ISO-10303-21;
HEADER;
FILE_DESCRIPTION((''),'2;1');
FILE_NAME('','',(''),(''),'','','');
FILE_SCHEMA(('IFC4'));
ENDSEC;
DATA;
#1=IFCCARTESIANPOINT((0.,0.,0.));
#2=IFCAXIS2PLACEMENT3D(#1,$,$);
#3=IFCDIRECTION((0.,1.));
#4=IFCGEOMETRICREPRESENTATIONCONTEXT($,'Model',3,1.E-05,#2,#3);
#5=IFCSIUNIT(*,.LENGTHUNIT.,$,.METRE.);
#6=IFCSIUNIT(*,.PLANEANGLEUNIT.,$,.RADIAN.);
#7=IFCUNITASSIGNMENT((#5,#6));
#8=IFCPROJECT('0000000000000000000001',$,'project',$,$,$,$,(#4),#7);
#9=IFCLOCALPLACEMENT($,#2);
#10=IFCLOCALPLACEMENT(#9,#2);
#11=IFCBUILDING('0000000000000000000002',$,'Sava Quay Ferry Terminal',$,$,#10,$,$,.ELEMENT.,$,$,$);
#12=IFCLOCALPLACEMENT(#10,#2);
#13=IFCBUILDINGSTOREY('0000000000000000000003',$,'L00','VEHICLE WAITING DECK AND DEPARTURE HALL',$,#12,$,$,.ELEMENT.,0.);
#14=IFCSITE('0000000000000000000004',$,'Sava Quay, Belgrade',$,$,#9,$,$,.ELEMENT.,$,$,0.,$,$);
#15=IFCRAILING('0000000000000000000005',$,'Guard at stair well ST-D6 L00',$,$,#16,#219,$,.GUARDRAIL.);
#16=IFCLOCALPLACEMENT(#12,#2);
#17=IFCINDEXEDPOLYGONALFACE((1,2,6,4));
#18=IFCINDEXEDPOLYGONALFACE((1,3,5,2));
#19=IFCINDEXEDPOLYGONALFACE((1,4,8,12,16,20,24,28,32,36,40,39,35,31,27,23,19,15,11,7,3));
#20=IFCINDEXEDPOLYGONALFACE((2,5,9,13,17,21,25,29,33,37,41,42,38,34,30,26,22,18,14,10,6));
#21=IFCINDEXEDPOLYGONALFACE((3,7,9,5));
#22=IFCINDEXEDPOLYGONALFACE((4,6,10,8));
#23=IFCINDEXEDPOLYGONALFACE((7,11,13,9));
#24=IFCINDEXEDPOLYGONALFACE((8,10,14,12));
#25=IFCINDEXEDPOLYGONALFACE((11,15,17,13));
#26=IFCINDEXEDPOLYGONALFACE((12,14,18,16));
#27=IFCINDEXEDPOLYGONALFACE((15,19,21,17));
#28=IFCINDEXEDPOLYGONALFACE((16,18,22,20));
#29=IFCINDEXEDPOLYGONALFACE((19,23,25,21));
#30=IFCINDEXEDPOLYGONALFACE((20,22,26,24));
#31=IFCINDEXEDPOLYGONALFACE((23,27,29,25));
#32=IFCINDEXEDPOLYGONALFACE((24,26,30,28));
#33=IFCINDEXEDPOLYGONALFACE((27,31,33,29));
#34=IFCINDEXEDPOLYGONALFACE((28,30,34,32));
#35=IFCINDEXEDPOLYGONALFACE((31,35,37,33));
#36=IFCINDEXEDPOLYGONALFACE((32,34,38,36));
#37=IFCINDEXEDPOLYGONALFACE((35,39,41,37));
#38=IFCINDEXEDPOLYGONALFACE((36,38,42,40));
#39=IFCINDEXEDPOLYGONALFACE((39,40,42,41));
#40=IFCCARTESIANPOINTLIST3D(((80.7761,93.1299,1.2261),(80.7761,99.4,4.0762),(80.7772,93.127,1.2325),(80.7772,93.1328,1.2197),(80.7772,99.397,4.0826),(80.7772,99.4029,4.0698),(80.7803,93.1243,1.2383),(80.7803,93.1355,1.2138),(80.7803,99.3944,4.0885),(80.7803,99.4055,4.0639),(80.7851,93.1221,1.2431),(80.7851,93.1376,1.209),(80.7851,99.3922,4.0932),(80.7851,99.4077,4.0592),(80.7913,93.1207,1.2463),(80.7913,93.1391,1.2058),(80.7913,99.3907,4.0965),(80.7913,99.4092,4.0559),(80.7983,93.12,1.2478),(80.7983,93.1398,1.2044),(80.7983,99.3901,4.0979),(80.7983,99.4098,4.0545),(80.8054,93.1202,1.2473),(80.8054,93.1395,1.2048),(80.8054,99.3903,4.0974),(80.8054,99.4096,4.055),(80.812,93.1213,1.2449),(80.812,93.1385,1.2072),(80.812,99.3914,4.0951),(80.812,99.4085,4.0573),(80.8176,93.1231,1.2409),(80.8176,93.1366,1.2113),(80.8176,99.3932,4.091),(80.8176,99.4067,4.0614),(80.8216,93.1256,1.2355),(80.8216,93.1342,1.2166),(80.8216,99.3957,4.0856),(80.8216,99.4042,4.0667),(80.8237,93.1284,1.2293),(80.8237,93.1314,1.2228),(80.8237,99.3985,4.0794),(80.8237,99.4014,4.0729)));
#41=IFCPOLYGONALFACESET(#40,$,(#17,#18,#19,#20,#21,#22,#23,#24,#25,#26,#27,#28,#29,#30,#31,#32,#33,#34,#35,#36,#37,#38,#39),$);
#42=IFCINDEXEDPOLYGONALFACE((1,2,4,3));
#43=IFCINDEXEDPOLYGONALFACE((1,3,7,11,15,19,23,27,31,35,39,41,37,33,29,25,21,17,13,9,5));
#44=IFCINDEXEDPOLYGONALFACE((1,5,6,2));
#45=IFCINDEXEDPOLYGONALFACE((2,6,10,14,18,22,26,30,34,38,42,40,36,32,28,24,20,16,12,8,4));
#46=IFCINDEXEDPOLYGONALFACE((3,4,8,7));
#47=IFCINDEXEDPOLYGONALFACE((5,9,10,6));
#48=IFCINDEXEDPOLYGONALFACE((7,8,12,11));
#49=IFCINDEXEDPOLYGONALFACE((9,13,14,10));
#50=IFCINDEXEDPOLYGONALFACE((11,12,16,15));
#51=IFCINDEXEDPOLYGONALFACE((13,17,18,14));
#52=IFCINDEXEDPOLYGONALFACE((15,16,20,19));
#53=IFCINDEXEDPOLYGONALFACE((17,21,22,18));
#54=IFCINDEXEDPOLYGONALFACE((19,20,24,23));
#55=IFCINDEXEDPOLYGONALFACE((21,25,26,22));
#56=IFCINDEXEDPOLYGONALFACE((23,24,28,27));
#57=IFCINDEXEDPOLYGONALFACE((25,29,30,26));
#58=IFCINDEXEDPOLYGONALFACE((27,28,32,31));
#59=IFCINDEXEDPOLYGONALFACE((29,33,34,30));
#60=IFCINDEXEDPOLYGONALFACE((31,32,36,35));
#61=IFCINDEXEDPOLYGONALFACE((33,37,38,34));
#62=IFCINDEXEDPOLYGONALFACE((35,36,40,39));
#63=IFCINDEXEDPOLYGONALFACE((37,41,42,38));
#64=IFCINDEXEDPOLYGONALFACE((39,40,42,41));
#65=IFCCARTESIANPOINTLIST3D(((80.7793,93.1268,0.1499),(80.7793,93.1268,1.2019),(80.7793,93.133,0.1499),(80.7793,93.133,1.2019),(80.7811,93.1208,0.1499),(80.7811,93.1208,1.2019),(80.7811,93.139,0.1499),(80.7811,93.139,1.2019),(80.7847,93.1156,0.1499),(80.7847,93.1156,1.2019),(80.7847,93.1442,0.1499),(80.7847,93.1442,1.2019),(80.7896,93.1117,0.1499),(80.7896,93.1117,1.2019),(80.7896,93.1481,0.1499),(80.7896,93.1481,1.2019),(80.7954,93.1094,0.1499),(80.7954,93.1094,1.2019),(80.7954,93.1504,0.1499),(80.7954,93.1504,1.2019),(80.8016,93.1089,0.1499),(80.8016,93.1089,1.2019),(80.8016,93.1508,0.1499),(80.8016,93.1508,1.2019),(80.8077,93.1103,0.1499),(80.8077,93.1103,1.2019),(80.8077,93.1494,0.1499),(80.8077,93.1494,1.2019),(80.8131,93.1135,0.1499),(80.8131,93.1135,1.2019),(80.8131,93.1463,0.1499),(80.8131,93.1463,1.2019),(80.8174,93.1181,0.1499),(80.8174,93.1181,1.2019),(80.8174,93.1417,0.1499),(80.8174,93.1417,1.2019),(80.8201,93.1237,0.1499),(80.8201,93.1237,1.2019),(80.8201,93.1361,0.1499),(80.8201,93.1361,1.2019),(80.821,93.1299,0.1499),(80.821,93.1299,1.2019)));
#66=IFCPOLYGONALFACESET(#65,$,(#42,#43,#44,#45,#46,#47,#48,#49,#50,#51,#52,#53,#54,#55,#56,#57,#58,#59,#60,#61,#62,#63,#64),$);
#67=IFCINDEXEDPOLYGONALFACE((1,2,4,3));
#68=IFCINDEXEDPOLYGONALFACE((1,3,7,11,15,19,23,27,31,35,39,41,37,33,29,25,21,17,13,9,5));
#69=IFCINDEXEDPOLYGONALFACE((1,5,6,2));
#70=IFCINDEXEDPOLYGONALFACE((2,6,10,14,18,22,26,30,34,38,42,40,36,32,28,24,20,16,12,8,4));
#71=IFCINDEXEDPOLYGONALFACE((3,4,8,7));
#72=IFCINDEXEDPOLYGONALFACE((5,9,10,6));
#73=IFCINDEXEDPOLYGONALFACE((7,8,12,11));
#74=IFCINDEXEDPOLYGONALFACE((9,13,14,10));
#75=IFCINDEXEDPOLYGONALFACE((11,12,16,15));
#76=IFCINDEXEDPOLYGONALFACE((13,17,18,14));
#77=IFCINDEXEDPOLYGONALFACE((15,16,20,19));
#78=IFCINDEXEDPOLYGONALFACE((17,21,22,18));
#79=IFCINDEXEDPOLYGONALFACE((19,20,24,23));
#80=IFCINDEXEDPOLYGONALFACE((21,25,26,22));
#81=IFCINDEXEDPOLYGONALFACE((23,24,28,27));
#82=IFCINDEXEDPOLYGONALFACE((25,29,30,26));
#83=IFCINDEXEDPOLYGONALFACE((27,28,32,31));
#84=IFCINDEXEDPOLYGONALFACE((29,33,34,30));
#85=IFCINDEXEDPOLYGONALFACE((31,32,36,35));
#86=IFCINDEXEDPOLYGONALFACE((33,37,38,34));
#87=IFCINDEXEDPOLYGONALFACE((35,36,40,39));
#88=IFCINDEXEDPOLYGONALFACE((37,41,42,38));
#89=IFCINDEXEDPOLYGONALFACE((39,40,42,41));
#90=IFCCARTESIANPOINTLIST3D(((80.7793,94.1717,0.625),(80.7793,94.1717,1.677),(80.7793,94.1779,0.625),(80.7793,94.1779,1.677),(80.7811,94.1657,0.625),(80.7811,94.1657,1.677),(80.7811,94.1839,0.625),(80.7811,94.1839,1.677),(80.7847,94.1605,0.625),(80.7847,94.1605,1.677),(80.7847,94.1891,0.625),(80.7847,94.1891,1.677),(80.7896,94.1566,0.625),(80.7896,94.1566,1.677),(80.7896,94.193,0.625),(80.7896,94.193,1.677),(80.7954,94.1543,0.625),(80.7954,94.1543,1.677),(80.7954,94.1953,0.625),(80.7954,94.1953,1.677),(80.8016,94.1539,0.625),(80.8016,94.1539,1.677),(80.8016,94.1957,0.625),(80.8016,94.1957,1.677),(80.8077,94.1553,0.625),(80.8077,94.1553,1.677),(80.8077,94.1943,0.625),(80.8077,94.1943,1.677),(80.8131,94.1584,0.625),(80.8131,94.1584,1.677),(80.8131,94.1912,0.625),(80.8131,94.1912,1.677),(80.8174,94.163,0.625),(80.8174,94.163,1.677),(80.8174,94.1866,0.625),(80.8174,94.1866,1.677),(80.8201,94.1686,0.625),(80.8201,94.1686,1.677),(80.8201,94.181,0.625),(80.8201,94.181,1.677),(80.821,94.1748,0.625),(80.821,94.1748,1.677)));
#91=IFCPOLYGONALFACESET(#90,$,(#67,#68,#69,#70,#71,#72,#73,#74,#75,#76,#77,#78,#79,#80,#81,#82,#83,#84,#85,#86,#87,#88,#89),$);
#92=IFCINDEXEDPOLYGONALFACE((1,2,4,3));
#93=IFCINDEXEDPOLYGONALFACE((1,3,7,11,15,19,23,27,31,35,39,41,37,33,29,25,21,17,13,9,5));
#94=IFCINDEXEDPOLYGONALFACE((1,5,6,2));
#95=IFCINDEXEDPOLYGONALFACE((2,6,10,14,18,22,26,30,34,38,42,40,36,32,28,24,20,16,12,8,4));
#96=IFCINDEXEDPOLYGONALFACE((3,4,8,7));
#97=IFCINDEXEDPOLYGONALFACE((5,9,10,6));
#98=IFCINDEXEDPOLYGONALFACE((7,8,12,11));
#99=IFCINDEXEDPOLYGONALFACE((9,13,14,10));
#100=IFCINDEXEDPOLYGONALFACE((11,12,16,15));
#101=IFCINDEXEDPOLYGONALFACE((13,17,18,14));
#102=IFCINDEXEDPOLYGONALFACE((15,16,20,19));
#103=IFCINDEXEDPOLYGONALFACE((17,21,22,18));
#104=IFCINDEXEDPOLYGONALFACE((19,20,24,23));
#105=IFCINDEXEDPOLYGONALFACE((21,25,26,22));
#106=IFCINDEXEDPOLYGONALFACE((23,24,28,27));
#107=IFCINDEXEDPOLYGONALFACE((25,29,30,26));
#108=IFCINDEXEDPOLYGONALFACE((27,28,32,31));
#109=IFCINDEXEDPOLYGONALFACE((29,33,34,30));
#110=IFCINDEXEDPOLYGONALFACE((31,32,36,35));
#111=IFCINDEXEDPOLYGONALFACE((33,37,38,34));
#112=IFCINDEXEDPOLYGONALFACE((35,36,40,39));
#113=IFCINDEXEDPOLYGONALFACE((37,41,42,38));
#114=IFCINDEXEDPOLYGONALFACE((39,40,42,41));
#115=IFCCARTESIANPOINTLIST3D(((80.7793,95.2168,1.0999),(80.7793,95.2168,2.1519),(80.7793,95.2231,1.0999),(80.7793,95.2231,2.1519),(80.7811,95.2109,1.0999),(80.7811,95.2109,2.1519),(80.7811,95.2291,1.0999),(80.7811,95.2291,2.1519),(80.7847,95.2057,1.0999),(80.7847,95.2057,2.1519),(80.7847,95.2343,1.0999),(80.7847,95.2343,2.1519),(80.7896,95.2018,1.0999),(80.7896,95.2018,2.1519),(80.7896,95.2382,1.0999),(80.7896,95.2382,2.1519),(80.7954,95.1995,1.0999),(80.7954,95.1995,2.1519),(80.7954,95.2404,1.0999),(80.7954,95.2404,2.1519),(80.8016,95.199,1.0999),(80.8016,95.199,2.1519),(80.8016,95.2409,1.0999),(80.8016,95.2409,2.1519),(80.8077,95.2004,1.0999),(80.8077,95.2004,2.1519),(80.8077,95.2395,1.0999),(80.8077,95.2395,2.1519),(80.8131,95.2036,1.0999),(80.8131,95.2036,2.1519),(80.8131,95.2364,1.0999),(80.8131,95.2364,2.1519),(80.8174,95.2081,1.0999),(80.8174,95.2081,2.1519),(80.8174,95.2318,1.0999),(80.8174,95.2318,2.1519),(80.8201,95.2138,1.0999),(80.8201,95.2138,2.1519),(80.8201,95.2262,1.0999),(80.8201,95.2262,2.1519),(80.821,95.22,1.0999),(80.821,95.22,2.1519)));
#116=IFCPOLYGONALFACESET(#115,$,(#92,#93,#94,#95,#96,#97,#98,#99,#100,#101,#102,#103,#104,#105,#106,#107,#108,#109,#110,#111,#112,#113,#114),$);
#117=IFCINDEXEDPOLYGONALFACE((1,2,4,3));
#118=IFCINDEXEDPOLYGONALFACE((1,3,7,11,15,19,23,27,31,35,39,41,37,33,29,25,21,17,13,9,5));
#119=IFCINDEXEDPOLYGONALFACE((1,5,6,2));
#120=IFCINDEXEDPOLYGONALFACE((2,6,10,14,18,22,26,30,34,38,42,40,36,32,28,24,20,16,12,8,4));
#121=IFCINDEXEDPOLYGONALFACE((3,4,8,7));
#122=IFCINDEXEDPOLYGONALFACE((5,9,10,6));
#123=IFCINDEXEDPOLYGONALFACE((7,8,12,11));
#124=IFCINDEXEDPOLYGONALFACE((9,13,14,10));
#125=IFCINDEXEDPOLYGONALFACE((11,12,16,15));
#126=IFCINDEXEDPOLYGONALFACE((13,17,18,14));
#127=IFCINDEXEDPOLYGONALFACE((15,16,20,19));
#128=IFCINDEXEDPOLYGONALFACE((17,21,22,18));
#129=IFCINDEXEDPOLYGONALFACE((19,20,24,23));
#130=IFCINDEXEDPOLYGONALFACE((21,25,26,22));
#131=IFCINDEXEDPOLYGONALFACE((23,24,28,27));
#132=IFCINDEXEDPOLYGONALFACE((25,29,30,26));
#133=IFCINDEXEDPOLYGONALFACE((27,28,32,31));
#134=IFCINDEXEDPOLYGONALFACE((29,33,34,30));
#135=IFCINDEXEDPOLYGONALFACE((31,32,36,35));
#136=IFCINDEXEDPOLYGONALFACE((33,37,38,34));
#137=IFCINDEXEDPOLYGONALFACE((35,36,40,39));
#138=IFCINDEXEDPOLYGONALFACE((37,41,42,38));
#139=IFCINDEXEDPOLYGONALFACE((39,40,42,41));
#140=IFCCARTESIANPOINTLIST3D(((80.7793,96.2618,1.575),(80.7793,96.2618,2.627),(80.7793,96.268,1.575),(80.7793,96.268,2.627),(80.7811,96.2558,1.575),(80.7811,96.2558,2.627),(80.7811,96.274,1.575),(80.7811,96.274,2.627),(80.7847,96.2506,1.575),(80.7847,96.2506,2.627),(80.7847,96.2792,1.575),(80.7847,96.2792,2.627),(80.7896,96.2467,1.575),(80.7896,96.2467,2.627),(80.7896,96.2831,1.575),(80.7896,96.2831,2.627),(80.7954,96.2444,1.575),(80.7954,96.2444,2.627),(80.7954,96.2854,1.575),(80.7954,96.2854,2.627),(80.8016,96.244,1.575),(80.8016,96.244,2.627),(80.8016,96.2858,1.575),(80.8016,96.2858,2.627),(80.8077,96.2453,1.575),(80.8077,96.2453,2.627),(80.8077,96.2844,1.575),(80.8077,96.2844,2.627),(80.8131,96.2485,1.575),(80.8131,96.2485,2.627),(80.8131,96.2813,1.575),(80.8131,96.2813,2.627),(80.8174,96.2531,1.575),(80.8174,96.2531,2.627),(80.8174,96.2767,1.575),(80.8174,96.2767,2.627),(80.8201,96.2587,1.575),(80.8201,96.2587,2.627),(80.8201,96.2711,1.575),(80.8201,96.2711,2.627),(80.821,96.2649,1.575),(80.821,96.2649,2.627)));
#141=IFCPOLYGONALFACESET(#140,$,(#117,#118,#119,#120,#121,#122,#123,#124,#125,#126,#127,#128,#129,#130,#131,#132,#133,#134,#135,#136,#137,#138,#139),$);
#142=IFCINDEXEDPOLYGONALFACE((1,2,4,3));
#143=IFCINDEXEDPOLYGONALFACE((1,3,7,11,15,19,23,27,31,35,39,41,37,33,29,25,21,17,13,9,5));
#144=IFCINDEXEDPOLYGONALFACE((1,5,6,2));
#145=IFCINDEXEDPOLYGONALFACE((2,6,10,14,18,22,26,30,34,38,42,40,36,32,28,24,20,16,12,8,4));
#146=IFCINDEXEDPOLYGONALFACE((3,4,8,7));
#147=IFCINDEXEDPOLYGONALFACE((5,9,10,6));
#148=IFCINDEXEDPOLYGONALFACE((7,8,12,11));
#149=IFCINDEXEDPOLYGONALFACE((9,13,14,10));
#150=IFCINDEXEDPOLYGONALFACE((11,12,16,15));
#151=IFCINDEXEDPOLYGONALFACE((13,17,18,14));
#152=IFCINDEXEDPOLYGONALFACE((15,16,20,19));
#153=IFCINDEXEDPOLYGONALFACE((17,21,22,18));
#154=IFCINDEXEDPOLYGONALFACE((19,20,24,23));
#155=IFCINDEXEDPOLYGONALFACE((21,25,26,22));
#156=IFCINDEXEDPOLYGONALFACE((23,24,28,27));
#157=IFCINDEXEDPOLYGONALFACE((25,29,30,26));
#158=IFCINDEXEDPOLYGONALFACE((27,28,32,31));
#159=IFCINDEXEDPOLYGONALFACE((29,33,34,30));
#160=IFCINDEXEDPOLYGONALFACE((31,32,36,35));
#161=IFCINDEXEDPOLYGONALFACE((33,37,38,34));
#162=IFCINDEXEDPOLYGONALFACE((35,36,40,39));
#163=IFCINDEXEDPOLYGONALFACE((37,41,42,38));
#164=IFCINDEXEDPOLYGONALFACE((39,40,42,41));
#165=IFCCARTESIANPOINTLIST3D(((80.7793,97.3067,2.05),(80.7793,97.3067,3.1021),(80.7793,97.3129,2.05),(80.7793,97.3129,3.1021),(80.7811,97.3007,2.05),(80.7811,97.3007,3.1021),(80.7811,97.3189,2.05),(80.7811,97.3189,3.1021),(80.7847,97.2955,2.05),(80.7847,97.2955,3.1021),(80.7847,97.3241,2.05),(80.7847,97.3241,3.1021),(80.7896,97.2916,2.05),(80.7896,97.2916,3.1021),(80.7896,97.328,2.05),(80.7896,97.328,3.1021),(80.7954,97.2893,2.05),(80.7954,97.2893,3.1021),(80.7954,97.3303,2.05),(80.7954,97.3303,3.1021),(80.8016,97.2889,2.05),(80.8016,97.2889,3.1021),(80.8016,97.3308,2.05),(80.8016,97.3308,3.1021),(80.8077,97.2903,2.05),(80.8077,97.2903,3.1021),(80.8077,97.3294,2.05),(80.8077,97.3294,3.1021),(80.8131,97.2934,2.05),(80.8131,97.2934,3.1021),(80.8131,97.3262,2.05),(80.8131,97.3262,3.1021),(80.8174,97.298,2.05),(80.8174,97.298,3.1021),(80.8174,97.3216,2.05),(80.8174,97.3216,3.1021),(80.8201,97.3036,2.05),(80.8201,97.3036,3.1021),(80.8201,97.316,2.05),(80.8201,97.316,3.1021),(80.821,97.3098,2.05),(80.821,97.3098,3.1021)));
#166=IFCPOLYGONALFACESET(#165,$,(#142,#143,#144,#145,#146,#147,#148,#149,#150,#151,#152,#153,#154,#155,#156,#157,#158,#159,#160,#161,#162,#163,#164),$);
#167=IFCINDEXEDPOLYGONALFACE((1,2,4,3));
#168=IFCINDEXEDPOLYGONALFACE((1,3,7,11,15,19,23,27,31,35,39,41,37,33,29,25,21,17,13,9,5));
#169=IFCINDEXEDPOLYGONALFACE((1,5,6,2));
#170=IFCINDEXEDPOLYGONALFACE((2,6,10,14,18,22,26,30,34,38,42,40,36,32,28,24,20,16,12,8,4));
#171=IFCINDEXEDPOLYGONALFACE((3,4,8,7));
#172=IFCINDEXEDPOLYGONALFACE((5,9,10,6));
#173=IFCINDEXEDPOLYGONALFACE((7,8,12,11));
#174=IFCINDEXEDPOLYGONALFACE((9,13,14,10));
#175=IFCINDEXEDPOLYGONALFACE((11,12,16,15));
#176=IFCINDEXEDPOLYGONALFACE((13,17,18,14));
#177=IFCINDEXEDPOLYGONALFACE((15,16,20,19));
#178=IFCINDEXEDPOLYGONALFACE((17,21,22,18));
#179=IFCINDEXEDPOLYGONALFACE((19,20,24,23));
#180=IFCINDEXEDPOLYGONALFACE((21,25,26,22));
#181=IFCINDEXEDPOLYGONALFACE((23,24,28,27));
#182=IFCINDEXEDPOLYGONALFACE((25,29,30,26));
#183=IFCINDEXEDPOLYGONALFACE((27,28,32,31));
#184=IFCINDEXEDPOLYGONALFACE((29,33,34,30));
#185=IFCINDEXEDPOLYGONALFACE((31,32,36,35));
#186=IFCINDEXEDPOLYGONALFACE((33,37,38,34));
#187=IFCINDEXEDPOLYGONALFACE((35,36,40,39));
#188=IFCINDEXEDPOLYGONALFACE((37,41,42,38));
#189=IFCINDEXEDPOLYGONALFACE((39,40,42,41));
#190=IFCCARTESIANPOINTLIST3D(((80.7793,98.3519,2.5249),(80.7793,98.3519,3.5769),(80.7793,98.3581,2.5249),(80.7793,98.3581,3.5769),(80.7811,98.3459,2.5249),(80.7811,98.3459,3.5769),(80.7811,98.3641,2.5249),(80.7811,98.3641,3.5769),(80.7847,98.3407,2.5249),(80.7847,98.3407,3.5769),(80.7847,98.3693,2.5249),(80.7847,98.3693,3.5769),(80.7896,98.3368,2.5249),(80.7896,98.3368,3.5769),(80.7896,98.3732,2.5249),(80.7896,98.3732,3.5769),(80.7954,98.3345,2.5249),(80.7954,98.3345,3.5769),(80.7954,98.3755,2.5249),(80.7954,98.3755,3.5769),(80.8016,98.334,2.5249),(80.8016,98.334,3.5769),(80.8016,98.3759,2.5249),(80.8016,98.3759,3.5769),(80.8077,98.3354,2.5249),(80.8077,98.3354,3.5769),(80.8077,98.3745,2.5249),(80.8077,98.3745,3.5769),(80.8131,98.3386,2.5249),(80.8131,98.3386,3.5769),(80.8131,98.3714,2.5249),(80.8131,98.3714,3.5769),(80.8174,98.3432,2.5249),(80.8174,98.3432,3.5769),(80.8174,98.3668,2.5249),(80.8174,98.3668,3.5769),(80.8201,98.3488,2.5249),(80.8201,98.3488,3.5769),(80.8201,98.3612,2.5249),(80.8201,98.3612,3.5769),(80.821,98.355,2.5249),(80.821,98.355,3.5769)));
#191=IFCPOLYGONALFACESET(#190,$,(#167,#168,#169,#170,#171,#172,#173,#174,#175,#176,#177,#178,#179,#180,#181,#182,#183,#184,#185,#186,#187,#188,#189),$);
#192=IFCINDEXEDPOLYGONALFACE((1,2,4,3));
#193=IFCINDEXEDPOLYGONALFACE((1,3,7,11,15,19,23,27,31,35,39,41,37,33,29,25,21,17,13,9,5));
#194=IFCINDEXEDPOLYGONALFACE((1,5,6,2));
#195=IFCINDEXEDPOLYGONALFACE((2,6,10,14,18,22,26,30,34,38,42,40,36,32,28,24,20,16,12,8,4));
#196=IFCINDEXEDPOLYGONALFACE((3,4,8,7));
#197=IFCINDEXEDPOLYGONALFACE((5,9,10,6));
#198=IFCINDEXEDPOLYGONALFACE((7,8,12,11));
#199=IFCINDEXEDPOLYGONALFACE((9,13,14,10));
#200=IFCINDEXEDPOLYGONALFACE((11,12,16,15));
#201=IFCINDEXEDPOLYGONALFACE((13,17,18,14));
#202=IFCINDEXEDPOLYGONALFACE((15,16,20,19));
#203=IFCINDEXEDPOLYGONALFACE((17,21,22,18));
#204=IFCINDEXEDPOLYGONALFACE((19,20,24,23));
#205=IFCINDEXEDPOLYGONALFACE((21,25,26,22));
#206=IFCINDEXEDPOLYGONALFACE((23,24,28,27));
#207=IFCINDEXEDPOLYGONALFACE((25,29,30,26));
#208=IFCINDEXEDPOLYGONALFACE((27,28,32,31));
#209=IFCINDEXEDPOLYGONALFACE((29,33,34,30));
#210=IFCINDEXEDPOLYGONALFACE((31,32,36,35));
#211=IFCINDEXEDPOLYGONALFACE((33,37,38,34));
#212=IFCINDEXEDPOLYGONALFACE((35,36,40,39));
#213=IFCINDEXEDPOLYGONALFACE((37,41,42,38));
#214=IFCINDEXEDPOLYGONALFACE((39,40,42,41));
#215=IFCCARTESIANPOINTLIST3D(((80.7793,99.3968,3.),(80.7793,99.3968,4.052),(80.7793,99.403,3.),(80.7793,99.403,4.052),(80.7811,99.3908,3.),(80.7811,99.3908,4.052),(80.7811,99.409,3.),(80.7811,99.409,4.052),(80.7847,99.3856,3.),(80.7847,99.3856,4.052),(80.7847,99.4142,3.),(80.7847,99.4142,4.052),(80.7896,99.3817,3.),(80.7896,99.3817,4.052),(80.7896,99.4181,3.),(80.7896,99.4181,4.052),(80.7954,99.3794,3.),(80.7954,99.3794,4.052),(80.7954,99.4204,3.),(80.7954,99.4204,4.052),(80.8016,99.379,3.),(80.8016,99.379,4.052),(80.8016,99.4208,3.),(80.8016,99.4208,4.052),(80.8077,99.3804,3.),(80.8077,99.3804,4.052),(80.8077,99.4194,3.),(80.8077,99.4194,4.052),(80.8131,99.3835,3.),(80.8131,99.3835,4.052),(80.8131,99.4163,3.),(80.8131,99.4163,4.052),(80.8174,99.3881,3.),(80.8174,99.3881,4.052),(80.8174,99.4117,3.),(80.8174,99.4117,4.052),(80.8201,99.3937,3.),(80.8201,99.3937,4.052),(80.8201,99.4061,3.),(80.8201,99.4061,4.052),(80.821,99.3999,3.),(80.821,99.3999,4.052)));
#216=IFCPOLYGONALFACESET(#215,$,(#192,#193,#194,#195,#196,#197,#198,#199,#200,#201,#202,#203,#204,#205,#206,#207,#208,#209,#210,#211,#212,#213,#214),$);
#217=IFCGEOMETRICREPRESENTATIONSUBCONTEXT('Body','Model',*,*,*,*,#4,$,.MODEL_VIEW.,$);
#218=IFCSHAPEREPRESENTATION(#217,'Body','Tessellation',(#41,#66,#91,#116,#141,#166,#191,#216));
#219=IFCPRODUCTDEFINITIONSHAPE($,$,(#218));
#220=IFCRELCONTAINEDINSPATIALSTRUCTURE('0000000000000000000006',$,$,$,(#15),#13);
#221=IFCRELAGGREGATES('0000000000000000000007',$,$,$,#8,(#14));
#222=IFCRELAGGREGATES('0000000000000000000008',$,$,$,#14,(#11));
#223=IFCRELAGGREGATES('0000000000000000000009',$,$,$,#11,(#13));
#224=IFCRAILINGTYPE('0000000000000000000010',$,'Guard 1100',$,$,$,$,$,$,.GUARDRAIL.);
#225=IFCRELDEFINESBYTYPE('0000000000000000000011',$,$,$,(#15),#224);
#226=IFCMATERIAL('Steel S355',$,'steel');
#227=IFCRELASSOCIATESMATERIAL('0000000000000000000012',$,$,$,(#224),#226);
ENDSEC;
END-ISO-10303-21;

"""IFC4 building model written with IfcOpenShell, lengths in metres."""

from ifc_helpers import new_model, si_unit, direction, frame, origin, origin_2d, place, context, subcontext, project, spatial, circle, extrude, material, type_object, element, save


model = new_model("IFC4")

# Units and contexts
model_context = context("Model", 3, precision=1e-05, world=origin(), true_north=direction((0.0, 1.0)))
body_context = subcontext(model_context, "Body", "Model", "MODEL_VIEW")
ifc_project = project(units=[si_unit("LENGTHUNIT", "METRE"), si_unit("PLANEANGLEUNIT", "RADIAN")], contexts=[model_context])

# Site, building, storey
site_placement = place(None, origin())
site = spatial("IfcSite", under=ifc_project, at=site_placement, Name="Sava Quay, Belgrade", CompositionType="ELEMENT", RefElevation=0.0)
building_placement = place(site_placement, origin())
building = spatial("IfcBuilding", under=site, at=building_placement, Name="Sava Quay Ferry Terminal", CompositionType="ELEMENT")
storey_placement = place(building_placement, origin())
storey = spatial("IfcBuildingStorey", under=building, at=storey_placement, Name="L00", Description="VEHICLE WAITING DECK AND DEPARTURE HALL", CompositionType="ELEMENT", Elevation=0.0)

# Railing
ifc_material_1 = material(Name="Steel S355", Category="steel")
railing_type_1 = type_object("IfcRailingType", Name="Guard 1100", PredefinedType="GUARDRAIL", material=ifc_material_1)
railing_1_placement = place(storey_placement, frame((80.8, 93.1299, 0.1499)))
element("IfcRailing", 1, at=railing_1_placement, inside=storey, type_object=railing_type_1, Name="Guard at stair well ST-D6 L00", PredefinedType="GUARDRAIL", context=body_context, shape_type="SweptSolid", body=[
    extrude(circle(Radius=0.0239, at=origin_2d()), frame((0.0, 0.0, 1.0762), z_axis=(0.0, 0.910362, 0.413814), x_axis=(-1.0, 0.0, 0.0)), (0.0, 0.0, 1.0), 6.8875),
    extrude(circle(Radius=0.021, at=origin_2d()), origin(), (0.0, 0.0, 1.0), 1.052),
    extrude(circle(Radius=0.021, at=origin_2d()), frame((0.0, 1.0449, 0.4751)), (0.0, 0.0, 1.0), 1.052),
    extrude(circle(Radius=0.021, at=origin_2d()), frame((0.0, 2.0901, 0.95)), (0.0, 0.0, 1.0), 1.052),
    extrude(circle(Radius=0.021, at=origin_2d()), frame((0.0, 3.135, 1.425)), (0.0, 0.0, 1.0), 1.052),
    extrude(circle(Radius=0.021, at=origin_2d()), frame((0.0, 4.1799, 1.9001)), (0.0, 0.0, 1.0), 1.052),
    extrude(circle(Radius=0.021, at=origin_2d()), frame((0.0, 5.2251, 2.375)), (0.0, 0.0, 1.0), 1.052),
    extrude(circle(Radius=0.021, at=origin_2d()), frame((0.0, 6.27, 2.8501)), (0.0, 0.0, 1.0), 1.052),
])

save(model, "model.ifc")
